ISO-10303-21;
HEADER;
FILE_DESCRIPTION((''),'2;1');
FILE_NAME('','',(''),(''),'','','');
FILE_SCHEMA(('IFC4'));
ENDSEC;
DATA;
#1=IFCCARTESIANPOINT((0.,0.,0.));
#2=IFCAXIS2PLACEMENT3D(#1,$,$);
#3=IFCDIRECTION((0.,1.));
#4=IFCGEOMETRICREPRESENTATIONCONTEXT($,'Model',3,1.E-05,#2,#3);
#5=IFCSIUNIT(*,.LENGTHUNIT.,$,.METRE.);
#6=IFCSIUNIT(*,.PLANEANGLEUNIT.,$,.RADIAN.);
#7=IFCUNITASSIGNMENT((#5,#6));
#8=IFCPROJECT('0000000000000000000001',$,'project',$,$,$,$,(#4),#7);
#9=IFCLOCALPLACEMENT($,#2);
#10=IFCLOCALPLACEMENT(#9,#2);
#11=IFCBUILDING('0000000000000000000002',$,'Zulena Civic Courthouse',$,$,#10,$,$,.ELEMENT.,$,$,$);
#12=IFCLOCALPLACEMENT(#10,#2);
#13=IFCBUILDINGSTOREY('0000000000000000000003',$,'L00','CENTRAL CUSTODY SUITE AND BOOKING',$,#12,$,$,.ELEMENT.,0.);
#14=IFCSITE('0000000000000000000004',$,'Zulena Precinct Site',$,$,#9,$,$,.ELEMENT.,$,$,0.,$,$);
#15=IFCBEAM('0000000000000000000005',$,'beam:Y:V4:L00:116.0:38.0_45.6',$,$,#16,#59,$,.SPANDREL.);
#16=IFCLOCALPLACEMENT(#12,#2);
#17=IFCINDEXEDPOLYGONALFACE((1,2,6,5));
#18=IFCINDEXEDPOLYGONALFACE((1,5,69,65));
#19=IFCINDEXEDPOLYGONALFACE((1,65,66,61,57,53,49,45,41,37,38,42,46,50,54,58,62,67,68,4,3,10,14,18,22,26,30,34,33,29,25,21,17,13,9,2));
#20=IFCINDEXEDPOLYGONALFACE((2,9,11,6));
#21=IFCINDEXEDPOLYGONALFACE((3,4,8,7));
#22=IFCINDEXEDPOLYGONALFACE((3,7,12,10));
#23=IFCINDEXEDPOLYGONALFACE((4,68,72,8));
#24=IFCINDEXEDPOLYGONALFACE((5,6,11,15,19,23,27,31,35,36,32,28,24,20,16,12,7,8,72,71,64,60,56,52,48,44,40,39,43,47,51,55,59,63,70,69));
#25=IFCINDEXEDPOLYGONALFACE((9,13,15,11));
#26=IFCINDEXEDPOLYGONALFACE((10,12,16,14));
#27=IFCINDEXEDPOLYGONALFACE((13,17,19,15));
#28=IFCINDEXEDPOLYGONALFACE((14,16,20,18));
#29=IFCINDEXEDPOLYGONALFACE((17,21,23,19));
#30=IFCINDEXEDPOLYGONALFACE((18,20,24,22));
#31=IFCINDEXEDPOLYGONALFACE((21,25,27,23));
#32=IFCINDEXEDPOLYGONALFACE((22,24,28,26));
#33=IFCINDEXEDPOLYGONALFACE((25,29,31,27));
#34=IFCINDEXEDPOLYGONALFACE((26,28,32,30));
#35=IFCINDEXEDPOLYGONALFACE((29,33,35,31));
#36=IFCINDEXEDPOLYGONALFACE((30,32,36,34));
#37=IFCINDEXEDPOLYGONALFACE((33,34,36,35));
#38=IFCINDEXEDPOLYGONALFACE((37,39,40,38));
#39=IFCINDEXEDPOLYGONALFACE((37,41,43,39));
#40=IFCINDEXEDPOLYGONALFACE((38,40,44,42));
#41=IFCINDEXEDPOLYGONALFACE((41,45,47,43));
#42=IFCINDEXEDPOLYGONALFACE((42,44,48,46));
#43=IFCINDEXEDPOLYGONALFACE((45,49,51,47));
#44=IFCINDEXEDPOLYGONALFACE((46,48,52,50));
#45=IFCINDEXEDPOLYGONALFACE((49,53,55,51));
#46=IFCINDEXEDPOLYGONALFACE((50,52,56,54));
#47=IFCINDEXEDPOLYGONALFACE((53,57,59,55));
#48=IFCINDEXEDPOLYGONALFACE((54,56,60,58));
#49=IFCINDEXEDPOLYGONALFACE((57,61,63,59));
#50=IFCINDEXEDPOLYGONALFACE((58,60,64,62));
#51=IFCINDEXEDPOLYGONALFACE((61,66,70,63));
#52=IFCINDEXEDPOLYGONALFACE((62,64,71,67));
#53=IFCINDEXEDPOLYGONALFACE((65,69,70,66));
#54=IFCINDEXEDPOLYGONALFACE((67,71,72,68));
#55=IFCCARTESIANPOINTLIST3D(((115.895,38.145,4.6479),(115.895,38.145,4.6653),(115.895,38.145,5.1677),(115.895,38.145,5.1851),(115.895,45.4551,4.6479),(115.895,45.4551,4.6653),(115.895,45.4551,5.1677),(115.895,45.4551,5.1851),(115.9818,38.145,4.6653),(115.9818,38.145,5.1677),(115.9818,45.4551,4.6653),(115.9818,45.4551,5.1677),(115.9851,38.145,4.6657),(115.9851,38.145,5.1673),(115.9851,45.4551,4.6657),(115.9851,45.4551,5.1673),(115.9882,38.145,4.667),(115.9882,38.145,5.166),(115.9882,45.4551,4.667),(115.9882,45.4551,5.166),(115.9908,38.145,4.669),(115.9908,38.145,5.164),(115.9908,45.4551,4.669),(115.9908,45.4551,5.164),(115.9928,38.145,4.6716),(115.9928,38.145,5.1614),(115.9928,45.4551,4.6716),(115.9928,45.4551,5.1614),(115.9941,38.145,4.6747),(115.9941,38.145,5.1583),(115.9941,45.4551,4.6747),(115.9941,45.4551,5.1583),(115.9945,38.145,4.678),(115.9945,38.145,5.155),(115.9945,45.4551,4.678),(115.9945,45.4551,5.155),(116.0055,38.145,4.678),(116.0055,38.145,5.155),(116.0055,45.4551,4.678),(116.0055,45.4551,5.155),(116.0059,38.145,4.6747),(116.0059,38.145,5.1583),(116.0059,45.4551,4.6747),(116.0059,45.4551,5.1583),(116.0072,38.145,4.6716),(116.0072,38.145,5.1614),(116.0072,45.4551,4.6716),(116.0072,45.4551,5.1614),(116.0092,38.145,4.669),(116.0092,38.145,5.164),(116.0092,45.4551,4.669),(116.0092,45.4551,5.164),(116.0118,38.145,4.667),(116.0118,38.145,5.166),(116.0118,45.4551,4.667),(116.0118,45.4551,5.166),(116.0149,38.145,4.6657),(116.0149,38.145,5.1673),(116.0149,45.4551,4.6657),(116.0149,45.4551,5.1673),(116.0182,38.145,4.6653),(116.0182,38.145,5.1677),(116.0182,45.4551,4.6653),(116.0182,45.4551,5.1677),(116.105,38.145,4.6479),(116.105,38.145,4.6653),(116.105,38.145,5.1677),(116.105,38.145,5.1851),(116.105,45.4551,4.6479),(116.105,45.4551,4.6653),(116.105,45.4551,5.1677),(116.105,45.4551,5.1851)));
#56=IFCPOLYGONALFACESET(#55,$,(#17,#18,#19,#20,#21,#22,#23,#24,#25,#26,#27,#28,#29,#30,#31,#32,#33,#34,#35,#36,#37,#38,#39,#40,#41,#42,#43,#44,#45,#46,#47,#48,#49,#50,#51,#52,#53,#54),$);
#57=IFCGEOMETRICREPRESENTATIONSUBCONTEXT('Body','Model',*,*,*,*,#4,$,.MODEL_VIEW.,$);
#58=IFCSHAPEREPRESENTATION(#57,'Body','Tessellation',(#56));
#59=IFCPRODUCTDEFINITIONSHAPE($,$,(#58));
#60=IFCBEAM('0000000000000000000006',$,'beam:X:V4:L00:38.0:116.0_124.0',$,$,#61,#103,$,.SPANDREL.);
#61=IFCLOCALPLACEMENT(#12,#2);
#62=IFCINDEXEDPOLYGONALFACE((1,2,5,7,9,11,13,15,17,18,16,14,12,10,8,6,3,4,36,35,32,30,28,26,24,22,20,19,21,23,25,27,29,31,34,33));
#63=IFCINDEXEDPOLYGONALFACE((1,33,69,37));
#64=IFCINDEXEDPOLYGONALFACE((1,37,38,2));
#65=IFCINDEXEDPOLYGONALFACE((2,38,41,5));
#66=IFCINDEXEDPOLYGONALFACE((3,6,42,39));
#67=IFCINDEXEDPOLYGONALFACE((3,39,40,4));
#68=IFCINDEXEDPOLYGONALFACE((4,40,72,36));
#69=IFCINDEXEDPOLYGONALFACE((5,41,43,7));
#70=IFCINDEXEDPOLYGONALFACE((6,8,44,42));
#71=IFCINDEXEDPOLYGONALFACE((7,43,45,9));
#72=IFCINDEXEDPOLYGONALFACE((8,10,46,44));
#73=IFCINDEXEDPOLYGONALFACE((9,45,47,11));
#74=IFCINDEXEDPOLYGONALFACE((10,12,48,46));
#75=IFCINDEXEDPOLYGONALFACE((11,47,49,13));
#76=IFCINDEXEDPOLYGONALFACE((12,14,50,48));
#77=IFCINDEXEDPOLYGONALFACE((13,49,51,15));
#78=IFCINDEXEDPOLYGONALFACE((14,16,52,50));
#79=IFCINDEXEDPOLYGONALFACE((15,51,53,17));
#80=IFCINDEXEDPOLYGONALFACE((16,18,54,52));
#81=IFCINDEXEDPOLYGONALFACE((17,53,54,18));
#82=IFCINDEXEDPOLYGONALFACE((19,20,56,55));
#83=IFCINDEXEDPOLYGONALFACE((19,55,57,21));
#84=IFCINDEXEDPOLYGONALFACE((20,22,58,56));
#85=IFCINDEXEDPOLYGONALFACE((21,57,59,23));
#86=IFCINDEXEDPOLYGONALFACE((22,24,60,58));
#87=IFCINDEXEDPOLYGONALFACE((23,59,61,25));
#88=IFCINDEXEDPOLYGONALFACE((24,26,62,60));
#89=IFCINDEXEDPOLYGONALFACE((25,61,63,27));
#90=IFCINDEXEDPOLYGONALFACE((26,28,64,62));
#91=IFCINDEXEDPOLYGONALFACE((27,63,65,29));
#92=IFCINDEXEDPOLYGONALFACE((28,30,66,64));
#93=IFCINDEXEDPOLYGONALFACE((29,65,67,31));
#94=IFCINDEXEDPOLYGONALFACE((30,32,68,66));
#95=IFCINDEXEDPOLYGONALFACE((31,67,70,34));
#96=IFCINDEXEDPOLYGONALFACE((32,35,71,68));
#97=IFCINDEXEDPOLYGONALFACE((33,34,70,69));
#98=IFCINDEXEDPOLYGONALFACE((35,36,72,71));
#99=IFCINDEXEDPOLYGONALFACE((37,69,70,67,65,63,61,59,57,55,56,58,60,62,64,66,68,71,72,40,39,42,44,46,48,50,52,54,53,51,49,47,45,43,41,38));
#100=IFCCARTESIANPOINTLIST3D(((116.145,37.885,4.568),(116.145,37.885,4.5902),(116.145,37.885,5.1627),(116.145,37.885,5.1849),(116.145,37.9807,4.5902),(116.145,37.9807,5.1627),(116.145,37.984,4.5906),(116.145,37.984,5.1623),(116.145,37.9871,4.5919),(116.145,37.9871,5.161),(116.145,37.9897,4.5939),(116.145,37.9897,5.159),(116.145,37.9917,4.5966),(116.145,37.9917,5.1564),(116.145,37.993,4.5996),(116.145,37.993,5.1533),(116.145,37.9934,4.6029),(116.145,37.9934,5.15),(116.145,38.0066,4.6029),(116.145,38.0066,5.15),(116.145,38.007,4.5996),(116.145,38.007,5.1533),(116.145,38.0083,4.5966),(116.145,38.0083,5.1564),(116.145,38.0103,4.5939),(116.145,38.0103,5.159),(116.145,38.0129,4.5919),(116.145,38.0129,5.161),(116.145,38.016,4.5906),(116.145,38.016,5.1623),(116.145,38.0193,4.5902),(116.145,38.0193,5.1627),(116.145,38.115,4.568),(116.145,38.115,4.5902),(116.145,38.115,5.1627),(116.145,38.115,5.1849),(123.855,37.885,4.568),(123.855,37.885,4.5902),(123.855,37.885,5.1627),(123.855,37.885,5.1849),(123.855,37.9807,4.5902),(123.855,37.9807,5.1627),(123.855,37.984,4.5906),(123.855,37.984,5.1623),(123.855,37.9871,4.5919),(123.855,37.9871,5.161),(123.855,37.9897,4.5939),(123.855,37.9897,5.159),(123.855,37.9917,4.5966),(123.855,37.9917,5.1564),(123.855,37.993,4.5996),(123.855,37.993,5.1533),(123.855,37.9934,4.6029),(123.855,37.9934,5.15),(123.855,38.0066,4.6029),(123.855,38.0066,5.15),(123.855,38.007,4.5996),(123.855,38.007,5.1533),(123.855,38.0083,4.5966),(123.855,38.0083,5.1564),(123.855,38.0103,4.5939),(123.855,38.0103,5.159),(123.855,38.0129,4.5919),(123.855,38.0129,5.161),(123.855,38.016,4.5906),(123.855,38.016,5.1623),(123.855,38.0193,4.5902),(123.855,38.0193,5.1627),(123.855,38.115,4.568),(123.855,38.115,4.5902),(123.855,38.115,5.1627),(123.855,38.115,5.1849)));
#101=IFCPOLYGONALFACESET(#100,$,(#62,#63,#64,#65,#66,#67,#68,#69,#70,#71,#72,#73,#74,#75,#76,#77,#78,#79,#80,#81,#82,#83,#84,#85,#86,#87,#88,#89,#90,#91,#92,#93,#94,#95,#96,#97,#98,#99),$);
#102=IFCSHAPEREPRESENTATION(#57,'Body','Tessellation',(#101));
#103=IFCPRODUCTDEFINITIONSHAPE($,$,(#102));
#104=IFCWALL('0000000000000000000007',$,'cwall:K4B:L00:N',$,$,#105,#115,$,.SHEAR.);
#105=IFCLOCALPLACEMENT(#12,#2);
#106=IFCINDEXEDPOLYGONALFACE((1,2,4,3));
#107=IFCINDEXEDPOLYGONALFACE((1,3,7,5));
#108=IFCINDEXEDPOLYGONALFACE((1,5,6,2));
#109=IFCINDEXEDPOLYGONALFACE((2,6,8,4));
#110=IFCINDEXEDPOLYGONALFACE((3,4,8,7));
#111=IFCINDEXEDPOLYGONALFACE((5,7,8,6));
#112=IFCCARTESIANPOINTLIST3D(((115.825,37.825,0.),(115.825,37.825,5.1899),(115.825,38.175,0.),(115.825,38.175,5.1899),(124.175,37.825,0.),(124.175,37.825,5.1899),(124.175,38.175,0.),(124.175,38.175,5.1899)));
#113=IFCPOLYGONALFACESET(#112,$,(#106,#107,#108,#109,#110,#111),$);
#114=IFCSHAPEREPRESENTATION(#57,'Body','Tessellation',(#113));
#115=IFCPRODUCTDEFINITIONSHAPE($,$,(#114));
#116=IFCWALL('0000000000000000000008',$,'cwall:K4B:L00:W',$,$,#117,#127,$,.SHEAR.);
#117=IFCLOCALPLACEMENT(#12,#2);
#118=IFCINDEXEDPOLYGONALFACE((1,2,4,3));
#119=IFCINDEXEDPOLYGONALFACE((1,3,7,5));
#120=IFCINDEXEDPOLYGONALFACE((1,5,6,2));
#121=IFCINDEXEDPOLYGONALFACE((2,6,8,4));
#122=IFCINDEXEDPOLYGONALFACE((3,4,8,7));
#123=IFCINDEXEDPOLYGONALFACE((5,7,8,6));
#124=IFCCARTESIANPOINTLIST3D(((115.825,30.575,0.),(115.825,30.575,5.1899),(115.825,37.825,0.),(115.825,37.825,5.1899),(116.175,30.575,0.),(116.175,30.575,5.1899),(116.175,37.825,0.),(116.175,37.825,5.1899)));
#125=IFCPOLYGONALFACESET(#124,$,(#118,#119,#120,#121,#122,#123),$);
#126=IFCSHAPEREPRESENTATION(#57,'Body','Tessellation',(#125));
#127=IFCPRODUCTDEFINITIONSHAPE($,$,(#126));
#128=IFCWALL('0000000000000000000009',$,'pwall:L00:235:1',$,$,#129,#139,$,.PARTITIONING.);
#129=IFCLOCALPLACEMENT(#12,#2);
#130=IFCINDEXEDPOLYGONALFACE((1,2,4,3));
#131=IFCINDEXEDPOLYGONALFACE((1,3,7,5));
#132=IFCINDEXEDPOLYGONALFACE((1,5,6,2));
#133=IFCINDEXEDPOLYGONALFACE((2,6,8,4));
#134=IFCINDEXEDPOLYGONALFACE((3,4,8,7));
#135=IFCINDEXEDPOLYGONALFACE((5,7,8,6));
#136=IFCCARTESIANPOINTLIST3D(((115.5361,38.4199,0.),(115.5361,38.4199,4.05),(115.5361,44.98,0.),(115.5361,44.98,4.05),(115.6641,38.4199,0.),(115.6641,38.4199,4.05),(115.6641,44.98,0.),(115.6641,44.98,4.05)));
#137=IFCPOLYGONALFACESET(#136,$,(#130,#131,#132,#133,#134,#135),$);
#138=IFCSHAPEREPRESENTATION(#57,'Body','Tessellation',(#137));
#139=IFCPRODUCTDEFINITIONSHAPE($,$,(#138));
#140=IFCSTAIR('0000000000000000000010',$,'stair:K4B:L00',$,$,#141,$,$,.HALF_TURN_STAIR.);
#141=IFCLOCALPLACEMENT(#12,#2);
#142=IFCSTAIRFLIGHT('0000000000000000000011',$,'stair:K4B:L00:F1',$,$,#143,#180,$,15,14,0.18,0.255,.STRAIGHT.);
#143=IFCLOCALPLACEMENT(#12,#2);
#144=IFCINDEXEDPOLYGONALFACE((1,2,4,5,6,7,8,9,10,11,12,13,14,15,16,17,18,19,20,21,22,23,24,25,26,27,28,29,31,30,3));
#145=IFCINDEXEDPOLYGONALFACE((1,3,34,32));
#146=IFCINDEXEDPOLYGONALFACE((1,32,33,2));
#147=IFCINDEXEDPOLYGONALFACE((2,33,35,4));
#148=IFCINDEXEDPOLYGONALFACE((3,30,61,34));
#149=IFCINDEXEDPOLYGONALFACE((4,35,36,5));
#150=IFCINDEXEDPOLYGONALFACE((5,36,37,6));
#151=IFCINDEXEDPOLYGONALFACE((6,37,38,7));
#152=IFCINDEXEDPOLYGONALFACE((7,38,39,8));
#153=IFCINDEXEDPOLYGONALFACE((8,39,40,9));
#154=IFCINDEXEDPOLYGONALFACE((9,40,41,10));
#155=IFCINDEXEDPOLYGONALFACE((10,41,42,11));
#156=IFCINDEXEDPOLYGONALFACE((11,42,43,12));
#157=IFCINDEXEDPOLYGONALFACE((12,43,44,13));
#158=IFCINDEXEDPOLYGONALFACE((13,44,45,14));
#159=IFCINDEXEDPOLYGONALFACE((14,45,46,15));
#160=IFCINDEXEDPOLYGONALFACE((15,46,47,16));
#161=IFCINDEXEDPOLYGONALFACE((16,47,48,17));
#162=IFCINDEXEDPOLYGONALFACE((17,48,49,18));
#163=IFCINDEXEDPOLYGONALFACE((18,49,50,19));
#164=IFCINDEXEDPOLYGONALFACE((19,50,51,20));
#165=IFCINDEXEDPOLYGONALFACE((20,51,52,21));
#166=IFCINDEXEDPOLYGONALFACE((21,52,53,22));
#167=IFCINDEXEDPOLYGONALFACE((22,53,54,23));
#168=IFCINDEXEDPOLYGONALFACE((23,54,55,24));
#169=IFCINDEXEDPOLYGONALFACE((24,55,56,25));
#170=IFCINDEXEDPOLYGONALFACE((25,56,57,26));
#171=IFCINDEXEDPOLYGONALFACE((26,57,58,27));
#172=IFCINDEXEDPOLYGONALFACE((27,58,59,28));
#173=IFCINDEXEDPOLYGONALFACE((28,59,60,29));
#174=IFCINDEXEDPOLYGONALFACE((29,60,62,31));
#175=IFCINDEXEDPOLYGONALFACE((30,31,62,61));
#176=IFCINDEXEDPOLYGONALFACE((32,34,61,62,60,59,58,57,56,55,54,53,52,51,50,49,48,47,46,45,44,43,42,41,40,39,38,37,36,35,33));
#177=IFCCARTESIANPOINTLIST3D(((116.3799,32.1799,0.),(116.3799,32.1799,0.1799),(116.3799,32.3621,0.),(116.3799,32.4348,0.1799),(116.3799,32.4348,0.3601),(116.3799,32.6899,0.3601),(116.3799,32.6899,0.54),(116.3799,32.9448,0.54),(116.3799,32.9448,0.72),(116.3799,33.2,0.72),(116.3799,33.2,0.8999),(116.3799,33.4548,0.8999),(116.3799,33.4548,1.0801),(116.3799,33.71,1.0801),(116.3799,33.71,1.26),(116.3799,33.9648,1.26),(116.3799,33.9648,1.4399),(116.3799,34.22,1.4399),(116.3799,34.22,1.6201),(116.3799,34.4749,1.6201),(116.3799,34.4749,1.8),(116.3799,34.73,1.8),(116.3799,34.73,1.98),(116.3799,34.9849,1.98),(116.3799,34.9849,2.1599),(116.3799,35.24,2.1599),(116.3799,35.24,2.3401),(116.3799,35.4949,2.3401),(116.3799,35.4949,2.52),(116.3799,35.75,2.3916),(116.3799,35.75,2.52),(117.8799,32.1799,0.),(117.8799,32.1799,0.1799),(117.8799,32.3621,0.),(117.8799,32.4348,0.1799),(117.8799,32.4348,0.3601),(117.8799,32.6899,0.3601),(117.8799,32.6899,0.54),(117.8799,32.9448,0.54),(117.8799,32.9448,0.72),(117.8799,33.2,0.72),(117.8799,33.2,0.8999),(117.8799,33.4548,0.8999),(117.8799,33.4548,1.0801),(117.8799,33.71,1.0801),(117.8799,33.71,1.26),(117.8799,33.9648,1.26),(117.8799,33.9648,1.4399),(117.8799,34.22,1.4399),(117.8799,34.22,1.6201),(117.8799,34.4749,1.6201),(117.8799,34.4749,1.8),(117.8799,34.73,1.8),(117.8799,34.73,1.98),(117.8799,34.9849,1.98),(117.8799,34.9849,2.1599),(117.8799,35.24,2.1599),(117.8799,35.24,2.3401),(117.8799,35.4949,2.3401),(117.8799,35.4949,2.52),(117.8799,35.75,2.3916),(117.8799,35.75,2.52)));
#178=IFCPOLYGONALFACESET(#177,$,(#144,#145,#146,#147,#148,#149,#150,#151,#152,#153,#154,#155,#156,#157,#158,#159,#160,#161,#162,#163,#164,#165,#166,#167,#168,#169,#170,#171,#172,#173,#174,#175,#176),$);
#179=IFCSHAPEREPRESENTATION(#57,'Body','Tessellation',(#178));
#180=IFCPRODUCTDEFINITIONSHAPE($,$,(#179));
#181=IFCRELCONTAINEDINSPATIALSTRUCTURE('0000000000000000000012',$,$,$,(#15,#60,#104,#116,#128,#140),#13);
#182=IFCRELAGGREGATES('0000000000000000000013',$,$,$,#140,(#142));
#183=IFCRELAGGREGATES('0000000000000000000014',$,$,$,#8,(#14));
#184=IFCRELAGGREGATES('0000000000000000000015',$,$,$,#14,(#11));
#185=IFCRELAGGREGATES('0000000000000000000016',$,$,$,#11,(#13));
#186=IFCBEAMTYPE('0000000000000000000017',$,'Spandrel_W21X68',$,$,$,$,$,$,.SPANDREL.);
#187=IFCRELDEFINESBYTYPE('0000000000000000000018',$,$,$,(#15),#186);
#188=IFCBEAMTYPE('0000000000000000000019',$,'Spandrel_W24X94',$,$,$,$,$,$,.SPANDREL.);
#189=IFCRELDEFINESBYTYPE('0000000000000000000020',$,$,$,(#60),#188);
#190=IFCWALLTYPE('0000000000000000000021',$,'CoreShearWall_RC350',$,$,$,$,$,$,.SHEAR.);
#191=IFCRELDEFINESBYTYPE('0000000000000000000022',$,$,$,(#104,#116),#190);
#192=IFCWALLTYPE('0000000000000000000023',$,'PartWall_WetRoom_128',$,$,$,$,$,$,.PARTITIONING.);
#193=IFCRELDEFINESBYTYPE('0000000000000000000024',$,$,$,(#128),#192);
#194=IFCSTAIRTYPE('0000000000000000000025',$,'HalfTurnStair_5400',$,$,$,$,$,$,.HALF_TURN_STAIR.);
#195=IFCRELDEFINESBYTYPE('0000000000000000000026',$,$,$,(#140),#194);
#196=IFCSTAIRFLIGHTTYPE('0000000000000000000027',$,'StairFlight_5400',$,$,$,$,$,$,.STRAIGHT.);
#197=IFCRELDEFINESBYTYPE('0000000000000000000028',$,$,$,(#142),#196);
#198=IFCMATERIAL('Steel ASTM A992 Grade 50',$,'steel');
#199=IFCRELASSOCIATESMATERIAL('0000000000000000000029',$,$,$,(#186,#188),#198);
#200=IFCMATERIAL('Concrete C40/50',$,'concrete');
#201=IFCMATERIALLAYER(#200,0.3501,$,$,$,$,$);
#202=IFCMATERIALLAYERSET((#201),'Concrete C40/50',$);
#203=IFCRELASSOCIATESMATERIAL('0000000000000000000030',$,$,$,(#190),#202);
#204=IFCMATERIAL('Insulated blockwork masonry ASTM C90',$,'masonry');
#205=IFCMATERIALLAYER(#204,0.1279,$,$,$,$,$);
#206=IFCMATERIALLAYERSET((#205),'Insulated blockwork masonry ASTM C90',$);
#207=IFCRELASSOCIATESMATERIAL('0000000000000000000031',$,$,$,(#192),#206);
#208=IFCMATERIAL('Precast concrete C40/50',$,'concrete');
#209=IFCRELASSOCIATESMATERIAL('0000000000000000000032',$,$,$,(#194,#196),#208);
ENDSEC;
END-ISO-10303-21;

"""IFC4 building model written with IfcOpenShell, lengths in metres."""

from ifc_helpers import new_model, si_unit, direction, frame, frame_2d, origin, origin_2d, place, context, subcontext, project, spatial, polyline, rectangle, i_section, outline, extrude, material, layer, layer_set, material_profile, profile_set, type_object, element, aggregate, save


model = new_model("IFC4")

# Units and contexts
model_context = context("Model", 3, precision=1e-05, world=origin(), true_north=direction((0.0, 1.0)))
body_context = subcontext(model_context, "Body", "Model", "MODEL_VIEW")
ifc_project = project(units=[si_unit("LENGTHUNIT", "METRE"), si_unit("PLANEANGLEUNIT", "RADIAN")], contexts=[model_context])

# Site, building, storey
site_placement = place(None, origin())
site = spatial("IfcSite", under=ifc_project, at=site_placement, Name="Zulena Precinct Site", CompositionType="ELEMENT", RefElevation=0.0)
building_placement = place(site_placement, origin())
building = spatial("IfcBuilding", under=site, at=building_placement, Name="Zulena Civic Courthouse", CompositionType="ELEMENT")
storey_placement = place(building_placement, origin())
storey = spatial("IfcBuildingStorey", under=building, at=storey_placement, Name="L00", Description="CENTRAL CUSTODY SUITE AND BOOKING", CompositionType="ELEMENT", Elevation=0.0)

# Shared definitions
ifc_material_1 = material(Name="Concrete C40/50", Category="concrete")

# Shared definitions
ifc_material_2 = material(Name="Steel ASTM A992 Grade 50", Category="steel")

# Beams
ifc_material_profile_1 = material_profile(ifc_material_2, i_section(OverallWidth=0.21, OverallDepth=0.5371, WebThickness=0.011, FlangeThickness=0.0173, FilletRadius=0.0127, at=origin_2d()), Name="W21X68")
ifc_profile_set_1 = profile_set([ifc_material_profile_1], Name="Steel ASTM A992 Grade 50")
beam_type_1 = type_object("IfcBeamType", Name="Spandrel_W21X68", PredefinedType="SPANDREL", material=ifc_profile_set_1)
beam_1_placement = place(storey_placement, frame((116.0, 38.145, 4.9165), z_axis=(0.0, 1.0, 0.0), x_axis=(-1.0, 0.0, 0.0)))
element("IfcBeam", 1, at=beam_1_placement, inside=storey, type_object=beam_type_1, Name="beam:Y:V4:L00:116.0:38.0_45.6", PredefinedType="SPANDREL", context=body_context, shape_type="SweptSolid", body=[
    extrude(i_section(OverallWidth=0.21, OverallDepth=0.5371, WebThickness=0.011, FlangeThickness=0.0173, FilletRadius=0.0127, at=origin_2d()), origin(), (0.0, 0.0, 1.0), 7.3101),
])
ifc_material_profile_2 = material_profile(ifc_material_2, i_section(OverallWidth=0.23, OverallDepth=0.6169, WebThickness=0.0132, FlangeThickness=0.0222, FilletRadius=0.0127, at=origin_2d()), Name="W24X94")
ifc_profile_set_2 = profile_set([ifc_material_profile_2], Name="Steel ASTM A992 Grade 50")
beam_type_2 = type_object("IfcBeamType", Name="Spandrel_W24X94", PredefinedType="SPANDREL", material=ifc_profile_set_2)
beam_2_placement = place(storey_placement, frame((116.145, 38.0, 4.8765), z_axis=(1.0, 0.0, 0.0), x_axis=(0.0, 1.0, 0.0)))
element("IfcBeam", 2, at=beam_2_placement, inside=storey, type_object=beam_type_2, Name="beam:X:V4:L00:38.0:116.0_124.0", PredefinedType="SPANDREL", context=body_context, shape_type="SweptSolid", body=[
    extrude(i_section(OverallWidth=0.23, OverallDepth=0.6169, WebThickness=0.0132, FlangeThickness=0.0222, FilletRadius=0.0127, at=origin_2d()), origin(), (0.0, 0.0, 1.0), 7.71),
])

# Walls
ifc_layer_1 = layer(ifc_material_1, 0.3501)
ifc_layer_set_1 = layer_set([ifc_layer_1], Name="Concrete C40/50")
wall_type_1 = type_object("IfcWallType", Name="CoreShearWall_RC350", PredefinedType="SHEAR", material=ifc_layer_set_1)
wall_1_placement = place(storey_placement, frame((115.825, 38.0, 0.0), z_axis=(0.0, 0.0, 1.0), x_axis=(1.0, 0.0, 0.0)))
element("IfcWall", 3, at=wall_1_placement, inside=storey, type_object=wall_type_1, Name="cwall:K4B:L00:N", PredefinedType="SHEAR", context=body_context, shape_type="SweptSolid", body=[
    extrude(rectangle(XDim=8.3501, YDim=0.3501, at=frame_2d((4.175, 0.0))), origin(), (0.0, 0.0, 1.0), 5.1899),
])
wall_2_placement = place(storey_placement, frame((116.0, 30.575, 0.0), z_axis=(0.0, 0.0, 1.0), x_axis=(0.0, 1.0, 0.0)))
element("IfcWall", 4, at=wall_2_placement, inside=storey, type_object=wall_type_1, Name="cwall:K4B:L00:W", PredefinedType="SHEAR", context=body_context, shape_type="SweptSolid", body=[
    extrude(rectangle(XDim=7.25, YDim=0.3501, at=frame_2d((3.625, 0.0))), origin(), (0.0, 0.0, 1.0), 5.1899),
])
ifc_material_3 = material(Name="Insulated blockwork masonry ASTM C90", Category="masonry")
ifc_layer_2 = layer(ifc_material_3, 0.1279)
ifc_layer_set_2 = layer_set([ifc_layer_2], Name="Insulated blockwork masonry ASTM C90")
wall_type_2 = type_object("IfcWallType", Name="PartWall_WetRoom_128", PredefinedType="PARTITIONING", material=ifc_layer_set_2)
wall_3_placement = place(storey_placement, frame((115.6001, 38.4199, 0.0), z_axis=(0.0, 0.0, 1.0), x_axis=(0.0, 1.0, 0.0)))
element("IfcWall", 5, at=wall_3_placement, inside=storey, type_object=wall_type_2, Name="pwall:L00:235:1", PredefinedType="PARTITIONING", context=body_context, shape_type="SweptSolid", body=[
    extrude(rectangle(XDim=6.5601, YDim=0.1279, at=frame_2d((3.28, 0.0))), origin(), (0.0, 0.0, 1.0), 4.05),
])

# Stair, stair flight
ifc_material_4 = material(Name="Precast concrete C40/50", Category="concrete")
stair_type = type_object("IfcStairType", Name="HalfTurnStair_5400", PredefinedType="HALF_TURN_STAIR", material=ifc_material_4)
stair_placement = place(storey_placement, origin())
stair = element("IfcStair", 6, at=stair_placement, inside=storey, type_object=stair_type, Name="stair:K4B:L00", PredefinedType="HALF_TURN_STAIR")
stair_flight_type = type_object("IfcStairFlightType", Name="StairFlight_5400", PredefinedType="STRAIGHT", material=ifc_material_4)
stair_flight_1_placement = place(storey_placement, frame((117.1299, 32.1799, 0.0), z_axis=(0.0, 0.0, 1.0), x_axis=(0.0, 1.0, 0.0)))
stair_flight_1 = element("IfcStairFlight", 7, at=stair_flight_1_placement, type_object=stair_flight_type, Name="stair:K4B:L00:F1", NumberOfRisers=15, NumberOfTreads=14, PredefinedType="STRAIGHT", RiserHeight=0.18, TreadLength=0.255, context=body_context, shape_type="SweptSolid", body=[
    extrude(outline(polyline([(0.0, 0.0), (0.0, 0.1799), (0.2549, 0.1799), (0.2549, 0.3601), (0.51, 0.3601), (0.51, 0.54), (0.7649, 0.54), (0.7649, 0.72), (1.02, 0.72), (1.02, 0.8999), (1.2749, 0.8999), (1.2749, 1.0801), (1.53, 1.0801), (1.53, 1.26), (1.7849, 1.26), (1.7849, 1.4399), (2.04, 1.4399), (2.04, 1.6201), (2.2949, 1.6201), (2.2949, 1.8), (2.55, 1.8), (2.55, 1.98), (2.8049, 1.98), (2.8049, 2.1599), (3.0601, 2.1599), (3.0601, 2.3401), (3.3149, 2.3401), (3.3149, 2.52), (3.5701, 2.52), (3.5701, 2.7), (3.5701, 2.3916), (0.1821, 0.0), (0.0, 0.0)])), frame((0.0, 0.75, 0.0), z_axis=(0.0, -1.0, 0.0), x_axis=(1.0, 0.0, 0.0)), (0.0, 0.0, 1.0), 1.5),
])
aggregate(stair, [stair_flight_1])

save(model, "model.ifc")
